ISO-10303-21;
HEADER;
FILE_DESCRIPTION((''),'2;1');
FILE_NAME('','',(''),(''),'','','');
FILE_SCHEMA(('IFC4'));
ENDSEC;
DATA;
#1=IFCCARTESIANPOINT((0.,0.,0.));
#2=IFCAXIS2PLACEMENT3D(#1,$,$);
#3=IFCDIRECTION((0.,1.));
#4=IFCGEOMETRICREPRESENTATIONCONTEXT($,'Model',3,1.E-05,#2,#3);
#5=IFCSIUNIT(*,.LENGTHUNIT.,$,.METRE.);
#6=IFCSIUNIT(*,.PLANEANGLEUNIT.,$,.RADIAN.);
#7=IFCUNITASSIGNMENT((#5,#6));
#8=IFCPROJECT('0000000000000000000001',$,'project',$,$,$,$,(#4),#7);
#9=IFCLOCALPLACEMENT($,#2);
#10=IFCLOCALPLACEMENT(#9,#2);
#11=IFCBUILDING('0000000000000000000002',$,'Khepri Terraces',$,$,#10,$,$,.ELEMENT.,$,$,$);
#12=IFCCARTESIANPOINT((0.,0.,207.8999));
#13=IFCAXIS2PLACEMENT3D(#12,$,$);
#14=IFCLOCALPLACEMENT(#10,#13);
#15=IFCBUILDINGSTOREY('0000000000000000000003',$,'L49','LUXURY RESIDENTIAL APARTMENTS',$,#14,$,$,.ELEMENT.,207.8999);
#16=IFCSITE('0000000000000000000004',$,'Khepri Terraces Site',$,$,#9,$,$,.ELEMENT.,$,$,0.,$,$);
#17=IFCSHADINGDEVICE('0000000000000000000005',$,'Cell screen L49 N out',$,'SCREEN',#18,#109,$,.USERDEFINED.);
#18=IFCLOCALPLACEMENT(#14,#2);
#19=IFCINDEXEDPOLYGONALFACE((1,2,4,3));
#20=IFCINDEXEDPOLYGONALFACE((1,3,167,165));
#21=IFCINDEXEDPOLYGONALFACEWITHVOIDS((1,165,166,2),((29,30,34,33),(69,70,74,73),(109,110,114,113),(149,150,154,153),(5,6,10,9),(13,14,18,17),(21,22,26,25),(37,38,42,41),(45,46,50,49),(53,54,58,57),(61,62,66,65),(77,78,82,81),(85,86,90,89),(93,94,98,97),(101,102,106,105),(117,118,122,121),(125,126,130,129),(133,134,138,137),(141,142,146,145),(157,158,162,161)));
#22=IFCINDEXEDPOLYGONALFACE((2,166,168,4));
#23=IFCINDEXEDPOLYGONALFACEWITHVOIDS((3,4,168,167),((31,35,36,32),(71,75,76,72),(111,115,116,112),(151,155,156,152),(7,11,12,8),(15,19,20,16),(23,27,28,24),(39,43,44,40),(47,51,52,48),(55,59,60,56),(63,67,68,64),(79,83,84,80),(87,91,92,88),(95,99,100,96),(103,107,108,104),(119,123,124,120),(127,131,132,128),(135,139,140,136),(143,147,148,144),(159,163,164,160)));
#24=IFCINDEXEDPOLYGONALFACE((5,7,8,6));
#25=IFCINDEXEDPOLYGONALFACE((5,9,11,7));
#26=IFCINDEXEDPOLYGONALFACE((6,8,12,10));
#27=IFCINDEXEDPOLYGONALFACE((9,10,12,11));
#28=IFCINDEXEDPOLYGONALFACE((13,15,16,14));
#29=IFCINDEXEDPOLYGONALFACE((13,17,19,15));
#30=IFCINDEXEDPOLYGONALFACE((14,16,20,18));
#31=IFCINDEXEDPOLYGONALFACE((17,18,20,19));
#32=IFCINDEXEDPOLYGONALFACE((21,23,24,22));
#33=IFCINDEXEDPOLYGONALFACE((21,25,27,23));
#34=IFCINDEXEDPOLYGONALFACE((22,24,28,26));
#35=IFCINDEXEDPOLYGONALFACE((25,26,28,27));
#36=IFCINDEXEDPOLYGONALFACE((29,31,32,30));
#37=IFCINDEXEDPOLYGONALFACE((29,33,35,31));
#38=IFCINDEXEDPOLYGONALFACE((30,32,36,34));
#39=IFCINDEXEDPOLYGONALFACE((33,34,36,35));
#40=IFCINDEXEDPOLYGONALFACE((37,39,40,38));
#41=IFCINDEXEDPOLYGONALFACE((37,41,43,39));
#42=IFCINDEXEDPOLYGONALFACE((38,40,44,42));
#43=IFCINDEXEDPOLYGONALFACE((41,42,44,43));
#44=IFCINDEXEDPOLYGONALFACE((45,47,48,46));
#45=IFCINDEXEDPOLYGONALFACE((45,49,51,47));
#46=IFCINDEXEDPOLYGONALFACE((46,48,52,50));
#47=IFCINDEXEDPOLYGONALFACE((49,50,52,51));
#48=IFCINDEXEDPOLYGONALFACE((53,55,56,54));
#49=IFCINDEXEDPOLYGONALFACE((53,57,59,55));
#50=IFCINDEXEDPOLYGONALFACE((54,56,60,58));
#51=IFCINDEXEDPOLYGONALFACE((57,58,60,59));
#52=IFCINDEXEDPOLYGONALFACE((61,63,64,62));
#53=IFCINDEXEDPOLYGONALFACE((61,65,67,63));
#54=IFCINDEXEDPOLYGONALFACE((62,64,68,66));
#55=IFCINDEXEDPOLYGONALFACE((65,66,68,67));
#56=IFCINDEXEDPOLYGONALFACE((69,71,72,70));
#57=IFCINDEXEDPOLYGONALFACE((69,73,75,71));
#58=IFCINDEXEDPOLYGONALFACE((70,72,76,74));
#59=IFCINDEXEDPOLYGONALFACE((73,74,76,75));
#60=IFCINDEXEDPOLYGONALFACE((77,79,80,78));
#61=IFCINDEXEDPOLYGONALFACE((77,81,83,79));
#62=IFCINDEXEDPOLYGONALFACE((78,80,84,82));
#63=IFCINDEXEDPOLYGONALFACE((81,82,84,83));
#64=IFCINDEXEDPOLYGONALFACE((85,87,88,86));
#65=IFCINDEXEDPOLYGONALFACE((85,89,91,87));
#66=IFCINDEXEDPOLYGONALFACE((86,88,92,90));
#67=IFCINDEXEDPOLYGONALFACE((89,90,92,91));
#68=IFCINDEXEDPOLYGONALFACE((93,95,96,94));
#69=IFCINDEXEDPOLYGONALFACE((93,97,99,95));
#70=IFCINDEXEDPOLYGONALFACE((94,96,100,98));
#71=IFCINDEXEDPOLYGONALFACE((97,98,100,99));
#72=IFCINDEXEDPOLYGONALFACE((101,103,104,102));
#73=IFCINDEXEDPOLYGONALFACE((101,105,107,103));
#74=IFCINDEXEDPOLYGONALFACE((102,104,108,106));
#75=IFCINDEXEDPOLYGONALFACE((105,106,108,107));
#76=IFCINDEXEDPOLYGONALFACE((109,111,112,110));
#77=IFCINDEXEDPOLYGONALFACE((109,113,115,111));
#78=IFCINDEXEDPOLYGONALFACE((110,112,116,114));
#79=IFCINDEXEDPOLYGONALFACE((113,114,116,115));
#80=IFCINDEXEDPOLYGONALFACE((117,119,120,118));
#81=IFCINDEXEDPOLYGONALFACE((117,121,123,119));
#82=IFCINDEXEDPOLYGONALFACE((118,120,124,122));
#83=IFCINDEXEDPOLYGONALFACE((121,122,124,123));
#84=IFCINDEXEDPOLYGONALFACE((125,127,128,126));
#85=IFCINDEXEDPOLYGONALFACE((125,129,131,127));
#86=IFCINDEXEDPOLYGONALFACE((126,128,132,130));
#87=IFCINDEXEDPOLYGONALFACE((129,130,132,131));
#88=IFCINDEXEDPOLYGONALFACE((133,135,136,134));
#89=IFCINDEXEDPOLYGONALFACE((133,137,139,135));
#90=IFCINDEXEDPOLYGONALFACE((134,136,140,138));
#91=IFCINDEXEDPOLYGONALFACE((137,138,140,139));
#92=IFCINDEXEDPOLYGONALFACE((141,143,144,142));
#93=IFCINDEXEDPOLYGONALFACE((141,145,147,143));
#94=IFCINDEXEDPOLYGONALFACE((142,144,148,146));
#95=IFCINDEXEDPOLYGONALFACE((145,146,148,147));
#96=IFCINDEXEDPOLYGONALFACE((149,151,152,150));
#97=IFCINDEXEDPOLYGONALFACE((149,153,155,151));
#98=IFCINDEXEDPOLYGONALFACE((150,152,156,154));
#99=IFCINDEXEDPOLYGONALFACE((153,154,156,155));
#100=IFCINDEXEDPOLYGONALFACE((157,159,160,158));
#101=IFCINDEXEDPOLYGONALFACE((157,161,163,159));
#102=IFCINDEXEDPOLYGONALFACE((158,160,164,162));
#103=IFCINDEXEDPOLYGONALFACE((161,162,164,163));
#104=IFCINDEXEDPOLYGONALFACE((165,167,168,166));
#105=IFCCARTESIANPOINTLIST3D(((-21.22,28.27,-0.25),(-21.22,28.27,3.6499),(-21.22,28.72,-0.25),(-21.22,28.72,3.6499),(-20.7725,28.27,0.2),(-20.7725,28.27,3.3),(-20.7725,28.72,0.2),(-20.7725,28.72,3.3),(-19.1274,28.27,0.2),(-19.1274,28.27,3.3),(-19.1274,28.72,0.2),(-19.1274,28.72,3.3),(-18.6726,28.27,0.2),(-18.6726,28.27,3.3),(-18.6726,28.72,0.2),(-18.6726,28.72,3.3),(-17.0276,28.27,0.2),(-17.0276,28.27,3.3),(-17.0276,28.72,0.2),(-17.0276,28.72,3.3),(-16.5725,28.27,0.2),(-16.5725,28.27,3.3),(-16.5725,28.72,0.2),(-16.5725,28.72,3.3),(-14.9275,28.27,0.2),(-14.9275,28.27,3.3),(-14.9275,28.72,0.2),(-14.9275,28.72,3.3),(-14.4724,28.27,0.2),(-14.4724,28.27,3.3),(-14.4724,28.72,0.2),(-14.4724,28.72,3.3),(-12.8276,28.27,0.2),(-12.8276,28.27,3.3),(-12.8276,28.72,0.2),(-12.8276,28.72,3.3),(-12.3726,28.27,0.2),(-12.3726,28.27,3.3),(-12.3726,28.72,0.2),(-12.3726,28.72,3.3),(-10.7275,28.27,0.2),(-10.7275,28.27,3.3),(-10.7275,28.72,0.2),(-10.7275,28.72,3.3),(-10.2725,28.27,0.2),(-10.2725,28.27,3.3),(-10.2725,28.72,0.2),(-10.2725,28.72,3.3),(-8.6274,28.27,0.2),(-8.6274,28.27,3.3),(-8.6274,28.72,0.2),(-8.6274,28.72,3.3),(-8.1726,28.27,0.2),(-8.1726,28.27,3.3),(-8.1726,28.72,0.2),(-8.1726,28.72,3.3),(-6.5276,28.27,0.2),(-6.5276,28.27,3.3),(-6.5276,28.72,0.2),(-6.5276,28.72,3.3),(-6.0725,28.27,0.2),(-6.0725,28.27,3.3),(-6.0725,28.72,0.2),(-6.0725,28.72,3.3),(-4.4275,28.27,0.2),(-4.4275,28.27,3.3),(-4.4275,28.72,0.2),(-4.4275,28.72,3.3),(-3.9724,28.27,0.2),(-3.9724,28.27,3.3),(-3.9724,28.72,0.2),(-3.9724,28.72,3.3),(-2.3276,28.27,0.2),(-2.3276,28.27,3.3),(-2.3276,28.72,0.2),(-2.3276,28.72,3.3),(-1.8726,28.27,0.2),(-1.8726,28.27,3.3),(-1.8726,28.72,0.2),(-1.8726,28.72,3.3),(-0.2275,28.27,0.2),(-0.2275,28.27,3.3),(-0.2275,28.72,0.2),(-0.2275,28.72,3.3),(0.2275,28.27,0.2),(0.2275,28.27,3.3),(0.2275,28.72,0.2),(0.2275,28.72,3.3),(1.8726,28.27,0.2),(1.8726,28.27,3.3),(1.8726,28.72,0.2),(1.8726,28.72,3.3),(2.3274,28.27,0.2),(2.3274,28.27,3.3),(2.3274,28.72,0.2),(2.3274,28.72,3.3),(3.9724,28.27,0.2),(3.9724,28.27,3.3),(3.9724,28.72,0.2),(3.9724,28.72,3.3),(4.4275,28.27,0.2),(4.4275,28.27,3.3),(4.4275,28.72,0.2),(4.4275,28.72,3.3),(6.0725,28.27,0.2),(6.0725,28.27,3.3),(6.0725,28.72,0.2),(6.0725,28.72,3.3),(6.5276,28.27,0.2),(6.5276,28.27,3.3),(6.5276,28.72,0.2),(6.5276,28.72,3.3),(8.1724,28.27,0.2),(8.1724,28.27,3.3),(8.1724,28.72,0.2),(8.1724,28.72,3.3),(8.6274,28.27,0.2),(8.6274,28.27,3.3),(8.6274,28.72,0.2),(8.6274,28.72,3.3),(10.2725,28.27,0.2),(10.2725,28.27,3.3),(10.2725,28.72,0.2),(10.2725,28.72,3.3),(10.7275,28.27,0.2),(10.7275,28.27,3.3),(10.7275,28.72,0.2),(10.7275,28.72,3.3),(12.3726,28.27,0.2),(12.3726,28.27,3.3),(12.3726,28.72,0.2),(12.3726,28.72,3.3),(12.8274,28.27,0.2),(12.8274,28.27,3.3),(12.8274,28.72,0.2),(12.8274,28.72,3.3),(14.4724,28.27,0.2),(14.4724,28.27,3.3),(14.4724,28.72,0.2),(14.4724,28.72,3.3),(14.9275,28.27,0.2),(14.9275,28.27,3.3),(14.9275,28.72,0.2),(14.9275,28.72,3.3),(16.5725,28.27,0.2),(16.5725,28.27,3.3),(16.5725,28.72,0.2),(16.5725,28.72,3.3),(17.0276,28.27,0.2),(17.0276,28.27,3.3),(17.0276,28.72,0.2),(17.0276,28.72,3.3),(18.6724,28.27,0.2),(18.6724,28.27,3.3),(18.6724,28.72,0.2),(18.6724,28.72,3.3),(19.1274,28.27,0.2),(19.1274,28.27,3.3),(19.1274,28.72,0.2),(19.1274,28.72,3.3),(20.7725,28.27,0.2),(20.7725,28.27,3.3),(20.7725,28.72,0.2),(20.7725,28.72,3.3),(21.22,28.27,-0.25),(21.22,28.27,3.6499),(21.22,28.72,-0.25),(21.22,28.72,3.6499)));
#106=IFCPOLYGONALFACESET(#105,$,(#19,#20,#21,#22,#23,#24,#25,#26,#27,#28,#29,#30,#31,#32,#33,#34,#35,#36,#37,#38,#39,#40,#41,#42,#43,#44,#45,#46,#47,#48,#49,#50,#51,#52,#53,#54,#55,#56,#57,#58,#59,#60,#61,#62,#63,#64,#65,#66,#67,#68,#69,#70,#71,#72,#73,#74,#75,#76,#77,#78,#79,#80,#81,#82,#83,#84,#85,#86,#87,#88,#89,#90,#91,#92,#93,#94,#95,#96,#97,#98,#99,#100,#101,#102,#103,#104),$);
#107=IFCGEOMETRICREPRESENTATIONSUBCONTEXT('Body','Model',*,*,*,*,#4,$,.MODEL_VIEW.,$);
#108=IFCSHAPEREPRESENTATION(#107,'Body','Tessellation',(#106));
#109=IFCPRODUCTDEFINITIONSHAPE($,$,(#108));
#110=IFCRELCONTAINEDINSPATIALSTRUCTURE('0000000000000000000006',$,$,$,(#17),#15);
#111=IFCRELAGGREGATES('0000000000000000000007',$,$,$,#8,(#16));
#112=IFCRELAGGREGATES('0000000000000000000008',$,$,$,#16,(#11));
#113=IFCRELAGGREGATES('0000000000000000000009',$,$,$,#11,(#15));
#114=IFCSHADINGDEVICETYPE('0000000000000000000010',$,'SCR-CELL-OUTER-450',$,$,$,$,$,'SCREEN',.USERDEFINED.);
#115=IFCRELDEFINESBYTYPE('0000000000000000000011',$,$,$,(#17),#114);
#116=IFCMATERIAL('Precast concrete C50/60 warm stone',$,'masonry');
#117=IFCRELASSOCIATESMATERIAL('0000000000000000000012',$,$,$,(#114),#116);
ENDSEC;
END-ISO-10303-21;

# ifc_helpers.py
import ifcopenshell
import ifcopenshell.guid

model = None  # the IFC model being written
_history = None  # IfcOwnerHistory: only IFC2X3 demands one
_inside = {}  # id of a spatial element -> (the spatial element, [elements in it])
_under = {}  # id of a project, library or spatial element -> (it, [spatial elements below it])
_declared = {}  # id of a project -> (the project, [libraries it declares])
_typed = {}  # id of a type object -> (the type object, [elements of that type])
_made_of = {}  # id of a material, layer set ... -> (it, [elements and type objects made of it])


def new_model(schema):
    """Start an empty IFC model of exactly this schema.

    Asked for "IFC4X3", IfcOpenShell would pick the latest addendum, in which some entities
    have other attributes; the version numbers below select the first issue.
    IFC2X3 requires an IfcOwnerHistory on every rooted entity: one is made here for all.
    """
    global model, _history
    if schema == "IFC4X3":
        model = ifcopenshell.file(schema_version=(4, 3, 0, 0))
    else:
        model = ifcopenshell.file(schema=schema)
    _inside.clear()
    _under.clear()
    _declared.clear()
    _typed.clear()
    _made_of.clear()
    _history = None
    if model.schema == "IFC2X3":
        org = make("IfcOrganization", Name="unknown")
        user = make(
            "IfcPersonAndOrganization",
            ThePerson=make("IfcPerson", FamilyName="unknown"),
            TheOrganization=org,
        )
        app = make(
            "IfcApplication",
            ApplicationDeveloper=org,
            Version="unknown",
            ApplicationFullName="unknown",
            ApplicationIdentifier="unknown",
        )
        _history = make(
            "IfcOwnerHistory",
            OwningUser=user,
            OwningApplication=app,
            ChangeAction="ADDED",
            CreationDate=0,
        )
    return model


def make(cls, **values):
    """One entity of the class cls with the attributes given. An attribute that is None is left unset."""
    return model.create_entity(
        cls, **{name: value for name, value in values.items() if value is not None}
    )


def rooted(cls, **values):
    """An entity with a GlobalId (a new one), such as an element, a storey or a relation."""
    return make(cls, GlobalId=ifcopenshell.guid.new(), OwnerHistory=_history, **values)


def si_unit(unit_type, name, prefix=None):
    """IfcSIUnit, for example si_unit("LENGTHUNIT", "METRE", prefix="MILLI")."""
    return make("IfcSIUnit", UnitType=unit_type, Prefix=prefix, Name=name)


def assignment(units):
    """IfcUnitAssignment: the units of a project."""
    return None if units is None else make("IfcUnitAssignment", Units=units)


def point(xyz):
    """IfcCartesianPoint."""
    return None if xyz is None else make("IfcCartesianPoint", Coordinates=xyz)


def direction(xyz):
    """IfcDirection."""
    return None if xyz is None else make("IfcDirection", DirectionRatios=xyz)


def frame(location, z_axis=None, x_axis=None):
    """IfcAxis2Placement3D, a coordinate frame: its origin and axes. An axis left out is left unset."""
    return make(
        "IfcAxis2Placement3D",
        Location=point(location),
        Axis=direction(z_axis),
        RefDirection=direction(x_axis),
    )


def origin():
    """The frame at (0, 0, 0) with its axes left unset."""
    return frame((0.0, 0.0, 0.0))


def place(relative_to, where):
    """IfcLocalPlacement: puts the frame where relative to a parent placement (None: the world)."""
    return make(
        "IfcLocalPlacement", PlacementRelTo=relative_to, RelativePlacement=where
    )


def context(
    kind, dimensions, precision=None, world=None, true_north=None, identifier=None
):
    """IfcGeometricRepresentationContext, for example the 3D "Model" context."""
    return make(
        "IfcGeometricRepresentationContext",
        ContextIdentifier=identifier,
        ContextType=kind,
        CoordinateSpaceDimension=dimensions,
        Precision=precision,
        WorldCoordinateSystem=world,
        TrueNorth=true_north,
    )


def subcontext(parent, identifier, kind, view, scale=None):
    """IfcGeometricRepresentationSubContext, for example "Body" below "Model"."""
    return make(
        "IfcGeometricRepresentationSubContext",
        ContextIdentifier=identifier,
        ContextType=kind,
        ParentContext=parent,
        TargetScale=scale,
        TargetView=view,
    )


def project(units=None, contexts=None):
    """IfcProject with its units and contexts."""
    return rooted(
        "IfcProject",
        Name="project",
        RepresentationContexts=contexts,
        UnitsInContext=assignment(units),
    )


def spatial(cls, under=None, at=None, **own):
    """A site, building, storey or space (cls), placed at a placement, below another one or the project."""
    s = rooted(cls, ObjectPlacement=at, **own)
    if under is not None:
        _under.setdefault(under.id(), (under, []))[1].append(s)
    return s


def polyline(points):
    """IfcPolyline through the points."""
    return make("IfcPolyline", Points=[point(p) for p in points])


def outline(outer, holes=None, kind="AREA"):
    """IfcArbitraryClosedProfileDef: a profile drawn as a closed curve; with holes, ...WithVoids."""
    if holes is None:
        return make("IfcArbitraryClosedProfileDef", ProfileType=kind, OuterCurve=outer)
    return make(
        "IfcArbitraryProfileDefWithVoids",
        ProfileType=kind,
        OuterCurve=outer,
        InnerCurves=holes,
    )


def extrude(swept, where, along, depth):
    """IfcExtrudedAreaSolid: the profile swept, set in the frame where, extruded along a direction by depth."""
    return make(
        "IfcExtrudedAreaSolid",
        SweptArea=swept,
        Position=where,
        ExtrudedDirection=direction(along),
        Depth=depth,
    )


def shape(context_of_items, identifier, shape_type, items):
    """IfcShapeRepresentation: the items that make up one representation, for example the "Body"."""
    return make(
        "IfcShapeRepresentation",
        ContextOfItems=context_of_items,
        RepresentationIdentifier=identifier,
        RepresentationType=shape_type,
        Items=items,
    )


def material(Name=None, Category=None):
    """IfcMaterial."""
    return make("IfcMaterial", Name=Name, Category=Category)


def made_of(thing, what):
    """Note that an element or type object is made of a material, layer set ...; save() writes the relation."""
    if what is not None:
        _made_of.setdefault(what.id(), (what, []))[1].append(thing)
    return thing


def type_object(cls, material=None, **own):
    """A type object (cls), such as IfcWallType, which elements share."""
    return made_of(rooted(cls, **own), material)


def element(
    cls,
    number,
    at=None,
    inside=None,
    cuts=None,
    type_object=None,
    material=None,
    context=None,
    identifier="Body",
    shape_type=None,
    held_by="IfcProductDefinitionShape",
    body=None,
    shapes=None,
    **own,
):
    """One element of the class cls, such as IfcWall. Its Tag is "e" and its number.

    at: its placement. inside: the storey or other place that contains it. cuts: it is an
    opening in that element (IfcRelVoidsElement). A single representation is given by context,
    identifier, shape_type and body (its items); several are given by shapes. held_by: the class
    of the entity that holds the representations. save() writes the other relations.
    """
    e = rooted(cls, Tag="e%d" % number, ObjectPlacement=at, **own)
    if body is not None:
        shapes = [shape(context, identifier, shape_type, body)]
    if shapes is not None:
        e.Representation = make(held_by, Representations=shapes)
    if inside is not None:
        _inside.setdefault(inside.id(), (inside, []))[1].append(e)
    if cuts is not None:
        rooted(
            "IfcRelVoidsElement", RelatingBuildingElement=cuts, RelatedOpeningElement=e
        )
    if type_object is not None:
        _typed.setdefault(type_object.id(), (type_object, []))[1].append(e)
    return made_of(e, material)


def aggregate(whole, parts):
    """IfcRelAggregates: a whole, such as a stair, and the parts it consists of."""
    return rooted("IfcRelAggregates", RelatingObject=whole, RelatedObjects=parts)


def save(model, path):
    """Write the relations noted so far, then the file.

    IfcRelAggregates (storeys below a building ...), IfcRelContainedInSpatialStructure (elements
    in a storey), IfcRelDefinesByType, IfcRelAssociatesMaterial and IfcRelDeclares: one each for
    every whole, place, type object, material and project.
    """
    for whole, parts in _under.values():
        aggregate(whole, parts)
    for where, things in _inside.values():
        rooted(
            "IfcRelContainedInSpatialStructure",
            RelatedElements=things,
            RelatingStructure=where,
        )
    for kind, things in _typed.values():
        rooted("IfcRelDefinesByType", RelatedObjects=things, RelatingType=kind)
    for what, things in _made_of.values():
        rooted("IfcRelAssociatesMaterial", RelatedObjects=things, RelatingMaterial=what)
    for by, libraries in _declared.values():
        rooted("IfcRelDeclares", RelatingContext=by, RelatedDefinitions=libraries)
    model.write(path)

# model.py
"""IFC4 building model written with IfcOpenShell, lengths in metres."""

from ifc_helpers import new_model, si_unit, direction, frame, origin, place, context, subcontext, project, spatial, polyline, outline, extrude, material, type_object, element, save


model = new_model("IFC4")

# Units and contexts
model_context = context("Model", 3, precision=1e-05, world=origin(), true_north=direction((0.0, 1.0)))
body_context = subcontext(model_context, "Body", "Model", "MODEL_VIEW")
ifc_project = project(units=[si_unit("LENGTHUNIT", "METRE"), si_unit("PLANEANGLEUNIT", "RADIAN")], contexts=[model_context])

# Site, building, storey
site_placement = place(None, origin())
site = spatial("IfcSite", under=ifc_project, at=site_placement, Name="Khepri Terraces Site", CompositionType="ELEMENT", RefElevation=0.0)
building_placement = place(site_placement, origin())
building = spatial("IfcBuilding", under=site, at=building_placement, Name="Khepri Terraces", CompositionType="ELEMENT")
storey_placement = place(building_placement, frame((0.0, 0.0, 207.8999)))
storey = spatial("IfcBuildingStorey", under=building, at=storey_placement, Name="L49", Description="LUXURY RESIDENTIAL APARTMENTS", CompositionType="ELEMENT", Elevation=207.8999)

# Shared definitions
ifc_material_1 = material(Name="Precast concrete C50/60 warm stone", Category="masonry")

# Shading device
shading_device_type_1 = type_object("IfcShadingDeviceType", Name="SCR-CELL-OUTER-450", ElementType="SCREEN", PredefinedType="USERDEFINED", material=ifc_material_1)
shading_device_1_placement = place(storey_placement, frame((21.22, 28.27, -0.25), z_axis=(0.0, 1.0, 0.0), x_axis=(-1.0, 0.0, 0.0)))
element("IfcShadingDevice", 1, at=shading_device_1_placement, inside=storey, type_object=shading_device_type_1, Name="Cell screen L49 N out", ObjectType="SCREEN", PredefinedType="USERDEFINED", context=body_context, shape_type="SweptSolid", body=[
    extrude(outline(polyline([(0.0, 0.0), (42.4399, 0.0), (42.4399, 3.8999), (0.0, 3.8999), (0.0, 0.0)]), holes=[polyline([(0.4475, 0.45), (2.0925, 0.45), (2.0925, 3.55), (0.4475, 3.55), (0.4475, 0.45)]), polyline([(2.5476, 0.45), (4.1924, 0.45), (4.1924, 3.55), (2.5476, 3.55), (2.5476, 0.45)]), polyline([(4.6475, 0.45), (6.2925, 0.45), (6.2925, 3.55), (4.6475, 3.55), (4.6475, 0.45)]), polyline([(6.7476, 0.45), (8.3926, 0.45), (8.3926, 3.55), (6.7476, 3.55), (6.7476, 0.45)]), polyline([(8.8474, 0.45), (10.4924, 0.45), (10.4924, 3.55), (8.8474, 3.55), (8.8474, 0.45)]), polyline([(10.9475, 0.45), (12.5925, 0.45), (12.5925, 3.55), (10.9475, 3.55), (10.9475, 0.45)]), polyline([(13.0476, 0.45), (14.6924, 0.45), (14.6924, 3.55), (13.0476, 3.55), (13.0476, 0.45)]), polyline([(15.1475, 0.45), (16.7925, 0.45), (16.7925, 3.55), (15.1475, 3.55), (15.1475, 0.45)]), polyline([(17.2476, 0.45), (18.8926, 0.45), (18.8926, 3.55), (17.2476, 3.55), (17.2476, 0.45)]), polyline([(19.3474, 0.45), (20.9924, 0.45), (20.9924, 3.55), (19.3474, 3.55), (19.3474, 0.45)]), polyline([(21.4475, 0.45), (23.0925, 0.45), (23.0925, 3.55), (21.4475, 3.55), (21.4475, 0.45)]), polyline([(23.5476, 0.45), (25.1924, 0.45), (25.1924, 3.55), (23.5476, 3.55), (23.5476, 0.45)]), polyline([(25.6475, 0.45), (27.2925, 0.45), (27.2925, 3.55), (25.6475, 3.55), (25.6475, 0.45)]), polyline([(27.7476, 0.45), (29.3926, 0.45), (29.3926, 3.55), (27.7476, 3.55), (27.7476, 0.45)]), polyline([(29.8474, 0.45), (31.4924, 0.45), (31.4924, 3.55), (29.8474, 3.55), (29.8474, 0.45)]), polyline([(31.9475, 0.45), (33.5925, 0.45), (33.5925, 3.55), (31.9475, 3.55), (31.9475, 0.45)]), polyline([(34.0476, 0.45), (35.6924, 0.45), (35.6924, 3.55), (34.0476, 3.55), (34.0476, 0.45)]), polyline([(36.1475, 0.45), (37.7925, 0.45), (37.7925, 3.55), (36.1475, 3.55), (36.1475, 0.45)]), polyline([(38.2476, 0.45), (39.8926, 0.45), (39.8926, 3.55), (38.2476, 3.55), (38.2476, 0.45)]), polyline([(40.3474, 0.45), (41.9924, 0.45), (41.9924, 3.55), (40.3474, 3.55), (40.3474, 0.45)])]), origin(), (0.0, 0.0, 1.0), 0.45),
])

save(model, "model.ifc")
